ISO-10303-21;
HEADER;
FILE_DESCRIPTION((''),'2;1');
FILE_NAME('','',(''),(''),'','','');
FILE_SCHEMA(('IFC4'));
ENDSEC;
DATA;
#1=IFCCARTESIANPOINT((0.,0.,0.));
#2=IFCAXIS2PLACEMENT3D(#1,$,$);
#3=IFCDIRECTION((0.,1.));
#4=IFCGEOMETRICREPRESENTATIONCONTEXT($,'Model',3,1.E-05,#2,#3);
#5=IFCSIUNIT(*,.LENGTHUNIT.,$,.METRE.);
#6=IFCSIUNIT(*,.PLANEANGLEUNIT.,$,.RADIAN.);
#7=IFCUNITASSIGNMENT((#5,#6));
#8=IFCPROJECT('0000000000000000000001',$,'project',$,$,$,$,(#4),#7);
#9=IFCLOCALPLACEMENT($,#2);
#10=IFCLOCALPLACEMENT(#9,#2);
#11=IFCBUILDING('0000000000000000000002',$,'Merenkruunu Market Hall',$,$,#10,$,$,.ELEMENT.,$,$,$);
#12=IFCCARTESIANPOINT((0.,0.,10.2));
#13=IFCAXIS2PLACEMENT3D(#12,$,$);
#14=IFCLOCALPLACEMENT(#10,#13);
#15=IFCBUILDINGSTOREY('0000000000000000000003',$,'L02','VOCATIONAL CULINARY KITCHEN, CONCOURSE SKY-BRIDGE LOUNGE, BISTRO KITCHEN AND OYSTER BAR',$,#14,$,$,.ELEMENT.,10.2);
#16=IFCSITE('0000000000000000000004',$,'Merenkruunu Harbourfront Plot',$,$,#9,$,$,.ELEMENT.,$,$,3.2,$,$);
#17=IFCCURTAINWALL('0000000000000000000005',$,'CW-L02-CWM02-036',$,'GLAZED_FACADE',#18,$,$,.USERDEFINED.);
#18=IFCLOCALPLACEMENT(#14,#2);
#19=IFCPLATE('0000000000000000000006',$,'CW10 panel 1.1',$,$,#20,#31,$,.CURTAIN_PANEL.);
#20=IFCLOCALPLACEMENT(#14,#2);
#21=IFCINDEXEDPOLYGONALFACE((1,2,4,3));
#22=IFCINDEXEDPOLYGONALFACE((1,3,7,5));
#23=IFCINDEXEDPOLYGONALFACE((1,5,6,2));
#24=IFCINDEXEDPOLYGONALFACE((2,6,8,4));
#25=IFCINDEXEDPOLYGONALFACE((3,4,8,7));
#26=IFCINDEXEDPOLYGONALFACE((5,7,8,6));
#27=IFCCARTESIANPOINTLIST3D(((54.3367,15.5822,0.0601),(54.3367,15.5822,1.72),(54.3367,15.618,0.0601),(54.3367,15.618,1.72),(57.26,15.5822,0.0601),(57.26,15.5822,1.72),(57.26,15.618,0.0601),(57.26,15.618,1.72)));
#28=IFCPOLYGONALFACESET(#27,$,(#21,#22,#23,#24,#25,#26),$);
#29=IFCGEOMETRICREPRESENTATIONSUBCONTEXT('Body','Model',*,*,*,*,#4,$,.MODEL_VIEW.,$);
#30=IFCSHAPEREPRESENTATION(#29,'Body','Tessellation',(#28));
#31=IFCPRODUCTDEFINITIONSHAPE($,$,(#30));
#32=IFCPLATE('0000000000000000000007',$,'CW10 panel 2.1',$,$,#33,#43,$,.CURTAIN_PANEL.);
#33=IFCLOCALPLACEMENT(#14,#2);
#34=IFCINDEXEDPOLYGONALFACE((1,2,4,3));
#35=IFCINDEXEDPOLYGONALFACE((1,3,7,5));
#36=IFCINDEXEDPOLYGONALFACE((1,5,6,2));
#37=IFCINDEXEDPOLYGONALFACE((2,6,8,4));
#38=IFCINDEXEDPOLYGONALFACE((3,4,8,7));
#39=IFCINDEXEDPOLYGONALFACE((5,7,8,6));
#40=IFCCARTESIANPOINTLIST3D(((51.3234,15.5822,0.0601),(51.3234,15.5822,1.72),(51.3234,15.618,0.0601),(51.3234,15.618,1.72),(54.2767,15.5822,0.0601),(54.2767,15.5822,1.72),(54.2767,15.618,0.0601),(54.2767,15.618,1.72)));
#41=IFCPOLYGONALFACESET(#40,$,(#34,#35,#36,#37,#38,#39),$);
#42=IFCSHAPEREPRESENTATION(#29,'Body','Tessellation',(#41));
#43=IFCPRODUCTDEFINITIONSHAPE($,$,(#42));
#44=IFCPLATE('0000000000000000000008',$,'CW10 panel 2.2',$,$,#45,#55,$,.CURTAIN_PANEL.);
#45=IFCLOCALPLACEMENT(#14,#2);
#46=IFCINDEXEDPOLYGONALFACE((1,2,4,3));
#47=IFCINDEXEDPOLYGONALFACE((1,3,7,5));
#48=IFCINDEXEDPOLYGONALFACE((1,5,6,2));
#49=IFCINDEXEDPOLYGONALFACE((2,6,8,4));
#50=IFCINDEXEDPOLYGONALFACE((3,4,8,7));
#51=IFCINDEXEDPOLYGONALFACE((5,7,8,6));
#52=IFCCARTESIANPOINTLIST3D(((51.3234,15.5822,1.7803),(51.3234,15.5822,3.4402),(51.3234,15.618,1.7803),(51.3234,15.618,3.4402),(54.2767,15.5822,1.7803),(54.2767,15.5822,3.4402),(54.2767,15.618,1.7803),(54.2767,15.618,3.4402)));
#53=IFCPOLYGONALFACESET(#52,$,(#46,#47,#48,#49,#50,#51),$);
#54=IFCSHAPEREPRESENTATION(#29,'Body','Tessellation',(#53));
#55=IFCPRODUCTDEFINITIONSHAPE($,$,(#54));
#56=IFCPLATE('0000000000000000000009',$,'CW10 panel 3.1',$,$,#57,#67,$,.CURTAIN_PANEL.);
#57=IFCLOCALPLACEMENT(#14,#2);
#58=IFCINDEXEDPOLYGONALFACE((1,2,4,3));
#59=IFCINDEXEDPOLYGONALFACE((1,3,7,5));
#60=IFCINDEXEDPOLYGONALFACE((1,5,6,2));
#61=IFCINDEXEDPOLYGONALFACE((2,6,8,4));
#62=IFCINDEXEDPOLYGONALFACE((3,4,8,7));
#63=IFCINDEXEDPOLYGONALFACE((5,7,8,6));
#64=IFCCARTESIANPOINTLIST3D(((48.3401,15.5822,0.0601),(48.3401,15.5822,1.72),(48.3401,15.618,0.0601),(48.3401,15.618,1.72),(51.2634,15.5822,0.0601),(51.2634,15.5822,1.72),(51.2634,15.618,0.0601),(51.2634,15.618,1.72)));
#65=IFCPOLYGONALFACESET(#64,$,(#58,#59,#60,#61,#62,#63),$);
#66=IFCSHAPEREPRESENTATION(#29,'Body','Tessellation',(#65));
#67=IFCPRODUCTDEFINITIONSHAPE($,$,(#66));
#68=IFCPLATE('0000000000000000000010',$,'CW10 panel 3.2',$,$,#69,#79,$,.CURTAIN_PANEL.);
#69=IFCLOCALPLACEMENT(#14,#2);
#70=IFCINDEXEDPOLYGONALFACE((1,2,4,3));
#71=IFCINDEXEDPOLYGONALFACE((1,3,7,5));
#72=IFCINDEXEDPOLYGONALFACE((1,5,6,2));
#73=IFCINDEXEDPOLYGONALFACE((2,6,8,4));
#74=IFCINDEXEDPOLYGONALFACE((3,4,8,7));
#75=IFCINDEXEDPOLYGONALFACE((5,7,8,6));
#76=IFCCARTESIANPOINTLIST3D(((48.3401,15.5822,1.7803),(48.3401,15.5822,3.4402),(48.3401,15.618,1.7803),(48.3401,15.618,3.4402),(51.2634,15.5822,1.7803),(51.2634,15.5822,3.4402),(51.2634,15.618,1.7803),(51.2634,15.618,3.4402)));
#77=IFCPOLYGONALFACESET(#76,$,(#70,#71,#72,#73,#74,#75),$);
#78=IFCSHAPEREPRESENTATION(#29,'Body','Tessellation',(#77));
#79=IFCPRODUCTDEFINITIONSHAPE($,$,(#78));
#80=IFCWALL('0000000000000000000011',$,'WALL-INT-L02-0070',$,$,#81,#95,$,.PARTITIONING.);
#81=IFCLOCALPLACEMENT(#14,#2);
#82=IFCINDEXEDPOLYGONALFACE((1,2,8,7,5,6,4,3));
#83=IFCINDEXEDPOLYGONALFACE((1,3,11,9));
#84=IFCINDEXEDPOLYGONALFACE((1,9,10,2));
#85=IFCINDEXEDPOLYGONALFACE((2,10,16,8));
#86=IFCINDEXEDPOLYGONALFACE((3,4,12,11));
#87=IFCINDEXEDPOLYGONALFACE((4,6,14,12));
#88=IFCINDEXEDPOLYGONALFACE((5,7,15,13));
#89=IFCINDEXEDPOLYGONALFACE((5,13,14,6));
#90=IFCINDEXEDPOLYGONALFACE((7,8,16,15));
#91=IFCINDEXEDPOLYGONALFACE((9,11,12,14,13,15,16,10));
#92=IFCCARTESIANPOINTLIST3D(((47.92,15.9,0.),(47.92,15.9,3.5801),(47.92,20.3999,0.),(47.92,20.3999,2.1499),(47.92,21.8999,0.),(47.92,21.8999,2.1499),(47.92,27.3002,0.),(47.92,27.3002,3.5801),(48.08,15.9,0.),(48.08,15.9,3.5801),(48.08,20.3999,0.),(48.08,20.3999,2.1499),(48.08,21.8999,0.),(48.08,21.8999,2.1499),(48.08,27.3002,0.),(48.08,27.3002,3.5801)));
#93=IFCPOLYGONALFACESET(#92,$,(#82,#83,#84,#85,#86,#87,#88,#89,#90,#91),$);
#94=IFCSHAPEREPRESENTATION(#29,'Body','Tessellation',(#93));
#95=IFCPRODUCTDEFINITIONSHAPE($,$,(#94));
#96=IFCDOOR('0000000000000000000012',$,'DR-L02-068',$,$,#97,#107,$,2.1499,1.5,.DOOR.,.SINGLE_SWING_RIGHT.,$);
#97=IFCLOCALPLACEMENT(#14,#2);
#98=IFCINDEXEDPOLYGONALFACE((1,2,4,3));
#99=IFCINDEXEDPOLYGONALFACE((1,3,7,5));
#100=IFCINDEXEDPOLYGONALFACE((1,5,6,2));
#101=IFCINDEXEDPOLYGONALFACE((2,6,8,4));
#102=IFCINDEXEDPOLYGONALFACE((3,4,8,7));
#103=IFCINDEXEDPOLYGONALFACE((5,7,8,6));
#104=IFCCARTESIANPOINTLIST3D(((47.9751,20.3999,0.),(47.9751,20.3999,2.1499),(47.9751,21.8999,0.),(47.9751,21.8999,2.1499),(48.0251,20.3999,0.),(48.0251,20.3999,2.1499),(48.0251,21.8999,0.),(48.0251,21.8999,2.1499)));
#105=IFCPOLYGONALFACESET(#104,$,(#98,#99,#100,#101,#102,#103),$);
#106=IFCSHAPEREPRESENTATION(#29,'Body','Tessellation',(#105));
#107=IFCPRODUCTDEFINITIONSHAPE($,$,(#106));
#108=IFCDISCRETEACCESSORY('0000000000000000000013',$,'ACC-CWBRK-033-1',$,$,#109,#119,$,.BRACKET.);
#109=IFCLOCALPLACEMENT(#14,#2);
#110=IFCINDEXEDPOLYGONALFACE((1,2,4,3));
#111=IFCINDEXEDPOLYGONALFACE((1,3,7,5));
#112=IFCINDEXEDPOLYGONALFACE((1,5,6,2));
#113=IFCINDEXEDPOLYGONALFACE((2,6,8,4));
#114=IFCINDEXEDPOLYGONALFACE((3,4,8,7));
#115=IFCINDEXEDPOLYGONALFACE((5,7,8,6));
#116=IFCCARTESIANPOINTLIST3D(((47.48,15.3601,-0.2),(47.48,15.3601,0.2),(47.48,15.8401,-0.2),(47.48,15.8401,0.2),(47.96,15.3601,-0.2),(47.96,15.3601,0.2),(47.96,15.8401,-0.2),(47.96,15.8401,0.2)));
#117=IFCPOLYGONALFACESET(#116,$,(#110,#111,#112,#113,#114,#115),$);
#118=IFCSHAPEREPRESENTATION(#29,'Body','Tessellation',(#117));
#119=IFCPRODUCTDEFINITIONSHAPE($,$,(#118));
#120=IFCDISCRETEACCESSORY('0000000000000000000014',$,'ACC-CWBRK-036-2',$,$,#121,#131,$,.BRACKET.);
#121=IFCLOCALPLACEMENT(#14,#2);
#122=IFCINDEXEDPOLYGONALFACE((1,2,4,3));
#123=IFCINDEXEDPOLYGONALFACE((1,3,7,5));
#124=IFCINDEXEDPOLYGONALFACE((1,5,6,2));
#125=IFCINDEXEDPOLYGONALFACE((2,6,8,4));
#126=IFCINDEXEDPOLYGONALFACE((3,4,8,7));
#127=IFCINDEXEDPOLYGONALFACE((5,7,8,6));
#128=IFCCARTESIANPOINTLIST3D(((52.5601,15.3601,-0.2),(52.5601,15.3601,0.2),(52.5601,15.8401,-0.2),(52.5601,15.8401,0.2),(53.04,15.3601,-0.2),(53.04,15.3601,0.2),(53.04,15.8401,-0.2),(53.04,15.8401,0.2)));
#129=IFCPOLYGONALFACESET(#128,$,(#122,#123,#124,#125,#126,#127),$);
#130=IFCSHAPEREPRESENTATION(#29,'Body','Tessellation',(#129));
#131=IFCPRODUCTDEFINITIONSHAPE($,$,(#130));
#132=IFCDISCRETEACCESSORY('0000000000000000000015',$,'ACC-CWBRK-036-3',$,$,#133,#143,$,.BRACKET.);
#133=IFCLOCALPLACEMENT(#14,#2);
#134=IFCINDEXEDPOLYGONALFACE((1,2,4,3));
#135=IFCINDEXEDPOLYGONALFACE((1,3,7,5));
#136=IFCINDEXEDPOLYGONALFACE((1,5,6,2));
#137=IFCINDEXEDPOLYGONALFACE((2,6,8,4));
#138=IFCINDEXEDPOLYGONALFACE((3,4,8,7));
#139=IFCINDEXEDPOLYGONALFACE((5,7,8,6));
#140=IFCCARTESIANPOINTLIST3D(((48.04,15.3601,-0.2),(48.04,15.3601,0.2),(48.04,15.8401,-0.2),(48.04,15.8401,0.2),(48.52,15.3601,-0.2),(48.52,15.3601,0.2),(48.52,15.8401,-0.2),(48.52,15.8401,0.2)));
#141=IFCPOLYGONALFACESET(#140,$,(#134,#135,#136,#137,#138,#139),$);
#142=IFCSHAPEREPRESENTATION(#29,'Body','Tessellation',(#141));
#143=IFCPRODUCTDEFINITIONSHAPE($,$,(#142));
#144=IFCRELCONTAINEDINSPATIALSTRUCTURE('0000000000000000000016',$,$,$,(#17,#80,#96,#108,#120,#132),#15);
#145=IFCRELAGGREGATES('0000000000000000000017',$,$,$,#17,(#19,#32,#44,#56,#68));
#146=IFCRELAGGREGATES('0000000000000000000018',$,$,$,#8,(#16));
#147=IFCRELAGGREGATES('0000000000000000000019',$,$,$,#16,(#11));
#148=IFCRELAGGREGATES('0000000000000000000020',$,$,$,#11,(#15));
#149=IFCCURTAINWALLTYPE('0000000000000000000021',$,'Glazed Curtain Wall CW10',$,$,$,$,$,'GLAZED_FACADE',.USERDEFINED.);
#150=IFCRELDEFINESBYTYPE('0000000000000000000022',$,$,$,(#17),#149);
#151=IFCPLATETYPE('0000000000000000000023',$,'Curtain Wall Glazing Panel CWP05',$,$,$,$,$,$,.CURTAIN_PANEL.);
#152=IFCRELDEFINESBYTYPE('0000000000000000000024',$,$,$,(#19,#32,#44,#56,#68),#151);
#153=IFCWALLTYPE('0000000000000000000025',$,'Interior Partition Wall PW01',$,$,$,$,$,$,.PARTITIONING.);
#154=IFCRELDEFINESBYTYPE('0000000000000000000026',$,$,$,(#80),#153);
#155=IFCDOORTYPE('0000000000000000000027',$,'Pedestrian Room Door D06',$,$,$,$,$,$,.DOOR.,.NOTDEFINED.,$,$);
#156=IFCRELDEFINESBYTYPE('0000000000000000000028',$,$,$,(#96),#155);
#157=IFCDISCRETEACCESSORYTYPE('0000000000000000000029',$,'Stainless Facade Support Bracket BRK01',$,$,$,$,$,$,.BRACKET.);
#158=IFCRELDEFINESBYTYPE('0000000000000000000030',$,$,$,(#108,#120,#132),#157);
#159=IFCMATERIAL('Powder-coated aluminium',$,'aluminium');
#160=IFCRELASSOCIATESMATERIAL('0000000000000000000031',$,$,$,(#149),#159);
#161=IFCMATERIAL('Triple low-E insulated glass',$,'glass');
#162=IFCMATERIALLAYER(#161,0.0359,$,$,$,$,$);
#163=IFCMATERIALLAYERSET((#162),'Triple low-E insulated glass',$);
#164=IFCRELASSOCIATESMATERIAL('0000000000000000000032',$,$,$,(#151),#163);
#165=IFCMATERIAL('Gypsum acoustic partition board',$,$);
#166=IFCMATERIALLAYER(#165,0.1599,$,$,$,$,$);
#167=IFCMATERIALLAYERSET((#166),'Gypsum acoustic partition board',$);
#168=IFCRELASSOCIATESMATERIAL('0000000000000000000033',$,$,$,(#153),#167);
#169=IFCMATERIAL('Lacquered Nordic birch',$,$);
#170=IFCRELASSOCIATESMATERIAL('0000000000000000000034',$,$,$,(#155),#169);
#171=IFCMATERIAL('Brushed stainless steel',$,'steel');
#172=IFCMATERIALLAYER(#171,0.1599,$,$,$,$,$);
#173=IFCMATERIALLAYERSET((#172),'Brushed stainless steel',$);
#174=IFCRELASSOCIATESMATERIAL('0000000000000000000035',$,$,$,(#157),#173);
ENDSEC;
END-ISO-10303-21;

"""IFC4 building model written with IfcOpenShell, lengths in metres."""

from ifc_helpers import new_model, si_unit, direction, frame, frame_2d, origin, origin_2d, place, context, subcontext, project, spatial, rectangle, extrude, material, layer, layer_set, type_object, element, fill, aggregate, save


model = new_model("IFC4")

# Units and contexts
model_context = context("Model", 3, precision=1e-05, world=origin(), true_north=direction((0.0, 1.0)))
body_context = subcontext(model_context, "Body", "Model", "MODEL_VIEW")
ifc_project = project(units=[si_unit("LENGTHUNIT", "METRE"), si_unit("PLANEANGLEUNIT", "RADIAN")], contexts=[model_context])

# Site, building, storey
site_placement = place(None, origin())
site = spatial("IfcSite", under=ifc_project, at=site_placement, Name="Merenkruunu Harbourfront Plot", CompositionType="ELEMENT", RefElevation=3.2)
building_placement = place(site_placement, origin())
building = spatial("IfcBuilding", under=site, at=building_placement, Name="Merenkruunu Market Hall", CompositionType="ELEMENT")
storey_placement = place(building_placement, frame((0.0, 0.0, 10.2)))
storey = spatial("IfcBuildingStorey", under=building, at=storey_placement, Name="L02", Description="VOCATIONAL CULINARY KITCHEN, CONCOURSE SKY-BRIDGE LOUNGE, BISTRO KITCHEN AND OYSTER BAR", CompositionType="ELEMENT", Elevation=10.2)

# Shared definitions
ifc_material_1 = material(Name="Powder-coated aluminium", Category="aluminium")
curtain_wall_type = type_object("IfcCurtainWallType", Name="Glazed Curtain Wall CW10", ElementType="GLAZED_FACADE", PredefinedType="USERDEFINED", material=ifc_material_1)

# Curtain wall
curtain_wall_1_placement = place(storey_placement, origin())
curtain_wall_1 = element("IfcCurtainWall", 1, at=curtain_wall_1_placement, inside=storey, type_object=curtain_wall_type, Name="CW-L02-CWM02-036", ObjectType="GLAZED_FACADE", PredefinedType="USERDEFINED")

# Plates
ifc_material_2 = material(Name="Triple low-E insulated glass", Category="glass")
ifc_layer_1 = layer(ifc_material_2, 0.0359)
ifc_layer_set_1 = layer_set([ifc_layer_1], Name="Triple low-E insulated glass")
plate_type = type_object("IfcPlateType", Name="Curtain Wall Glazing Panel CWP05", PredefinedType="CURTAIN_PANEL", material=ifc_layer_set_1)
plate_1_placement = place(storey_placement, frame((55.7983, 15.6001, 0.0601), z_axis=(0.0, 0.0, 1.0), x_axis=(-1.0, 0.0, 0.0)))
plate_1 = element("IfcPlate", 2, at=plate_1_placement, type_object=plate_type, Name="CW10 panel 1.1", PredefinedType="CURTAIN_PANEL", context=body_context, shape_type="SweptSolid", body=[
    extrude(rectangle(XDim=2.9233, YDim=0.0359, at=origin_2d()), origin(), (0.0, 0.0, 1.0), 1.6599),
])
plate_2_placement = place(storey_placement, frame((52.8, 15.6001, 0.0601), z_axis=(0.0, 0.0, 1.0), x_axis=(-1.0, 0.0, 0.0)))
plate_2 = element("IfcPlate", 3, at=plate_2_placement, type_object=plate_type, Name="CW10 panel 2.1", PredefinedType="CURTAIN_PANEL", context=body_context, shape_type="SweptSolid", body=[
    extrude(rectangle(XDim=2.9534, YDim=0.0359, at=origin_2d()), origin(), (0.0, 0.0, 1.0), 1.6599),
])
plate_3_placement = place(storey_placement, frame((52.8, 15.6001, 1.7803), z_axis=(0.0, 0.0, 1.0), x_axis=(-1.0, 0.0, 0.0)))
plate_3 = element("IfcPlate", 4, at=plate_3_placement, type_object=plate_type, Name="CW10 panel 2.2", PredefinedType="CURTAIN_PANEL", context=body_context, shape_type="SweptSolid", body=[
    extrude(rectangle(XDim=2.9534, YDim=0.0359, at=origin_2d()), origin(), (0.0, 0.0, 1.0), 1.6599),
])
plate_4_placement = place(storey_placement, frame((49.8018, 15.6001, 0.0601), z_axis=(0.0, 0.0, 1.0), x_axis=(-1.0, 0.0, 0.0)))
plate_4 = element("IfcPlate", 5, at=plate_4_placement, type_object=plate_type, Name="CW10 panel 3.1", PredefinedType="CURTAIN_PANEL", context=body_context, shape_type="SweptSolid", body=[
    extrude(rectangle(XDim=2.9233, YDim=0.0359, at=origin_2d()), origin(), (0.0, 0.0, 1.0), 1.6599),
])
plate_5_placement = place(storey_placement, frame((49.8018, 15.6001, 1.7803), z_axis=(0.0, 0.0, 1.0), x_axis=(-1.0, 0.0, 0.0)))
plate_5 = element("IfcPlate", 6, at=plate_5_placement, type_object=plate_type, Name="CW10 panel 3.2", PredefinedType="CURTAIN_PANEL", context=body_context, shape_type="SweptSolid", body=[
    extrude(rectangle(XDim=2.9233, YDim=0.0359, at=origin_2d()), origin(), (0.0, 0.0, 1.0), 1.6599),
])
aggregate(curtain_wall_1, [plate_1, plate_2, plate_3, plate_4, plate_5])

# Wall, opening, door
ifc_material_3 = material(Name="Gypsum acoustic partition board")
ifc_layer_2 = layer(ifc_material_3, 0.1599)
ifc_layer_set_2 = layer_set([ifc_layer_2], Name="Gypsum acoustic partition board")
wall_type = type_object("IfcWallType", Name="Interior Partition Wall PW01", PredefinedType="PARTITIONING", material=ifc_layer_set_2)
wall_placement = place(storey_placement, frame((48.0, 15.8999, 0.0), z_axis=(0.0, 0.0, 1.0), x_axis=(0.0, 1.0, 0.0)))
wall = element("IfcWall", 7, at=wall_placement, inside=storey, type_object=wall_type, Name="WALL-INT-L02-0070", PredefinedType="PARTITIONING", context=body_context, shape_type="SweptSolid", body=[
    extrude(rectangle(XDim=11.4001, YDim=0.1599, at=frame_2d((5.7002, 0.0))), origin(), (0.0, 0.0, 1.0), 3.5801),
])
opening_placement = place(wall_placement, frame((4.5, 0.0, 0.0)))
opening = element("IfcOpeningElement", 8, at=opening_placement, cuts=wall, PredefinedType="OPENING", context=body_context, shape_type="SweptSolid", body=[
    extrude(rectangle(XDim=1.5, YDim=2.1499, at=frame_2d((0.75, 1.075))), frame((0.0, 0.0898, 0.0), z_axis=(0.0, -1.0, 0.0), x_axis=(1.0, 0.0, 0.0)), (0.0, 0.0, 1.0), 0.1799),
])
ifc_material_4 = material(Name="Lacquered Nordic birch")
door_type = type_object("IfcDoorType", Name="Pedestrian Room Door D06", OperationType="NOTDEFINED", PredefinedType="DOOR", material=ifc_material_4)
door_placement = place(opening_placement, origin())
door = element("IfcDoor", 9, at=door_placement, inside=storey, type_object=door_type, Name="DR-L02-068", OperationType="SINGLE_SWING_RIGHT", OverallHeight=2.1499, OverallWidth=1.5, PredefinedType="DOOR", context=body_context, shape_type="SweptSolid", body=[
    extrude(rectangle(XDim=1.5, YDim=2.1499, at=frame_2d((0.75, 1.075))), frame((0.0, 0.0249, 0.0), z_axis=(0.0, -1.0, 0.0), x_axis=(1.0, 0.0, 0.0)), (0.0, 0.0, 1.0), 0.05),
])
fill(opening, door)

# Discrete accessories
ifc_material_5 = material(Name="Brushed stainless steel", Category="steel")
ifc_layer_3 = layer(ifc_material_5, 0.1599)
ifc_layer_set_3 = layer_set([ifc_layer_3], Name="Brushed stainless steel")
discrete_accessory_type = type_object("IfcDiscreteAccessoryType", Name="Stainless Facade Support Bracket BRK01", PredefinedType="BRACKET", material=ifc_layer_set_3)
for number, where, z_axis, x_axis, name in (
    (10, (47.72, 15.6001, -0.2), (0.0, 0.0, 1.0), (1.0, 0.0, 0.0), "ACC-CWBRK-033-1"),
    (11, (52.8, 15.6001, -0.2), (0.0, 0.0, 1.0), (1.0, 0.0, 0.0), "ACC-CWBRK-036-2"),
    (12, (48.28, 15.6001, -0.2), (0.0, 0.0, 1.0), (1.0, 0.0, 0.0), "ACC-CWBRK-036-3"),
):
    element("IfcDiscreteAccessory", number, at=place(storey_placement, frame(where, z_axis=z_axis, x_axis=x_axis)), inside=storey, type_object=discrete_accessory_type, Name=name, PredefinedType="BRACKET", context=body_context, shape_type="SweptSolid", body=[
        extrude(rectangle(XDim=0.48, YDim=0.48, at=origin_2d()), origin(), (0.0, 0.0, 1.0), 0.3999),
    ])

save(model, "model.ifc")
